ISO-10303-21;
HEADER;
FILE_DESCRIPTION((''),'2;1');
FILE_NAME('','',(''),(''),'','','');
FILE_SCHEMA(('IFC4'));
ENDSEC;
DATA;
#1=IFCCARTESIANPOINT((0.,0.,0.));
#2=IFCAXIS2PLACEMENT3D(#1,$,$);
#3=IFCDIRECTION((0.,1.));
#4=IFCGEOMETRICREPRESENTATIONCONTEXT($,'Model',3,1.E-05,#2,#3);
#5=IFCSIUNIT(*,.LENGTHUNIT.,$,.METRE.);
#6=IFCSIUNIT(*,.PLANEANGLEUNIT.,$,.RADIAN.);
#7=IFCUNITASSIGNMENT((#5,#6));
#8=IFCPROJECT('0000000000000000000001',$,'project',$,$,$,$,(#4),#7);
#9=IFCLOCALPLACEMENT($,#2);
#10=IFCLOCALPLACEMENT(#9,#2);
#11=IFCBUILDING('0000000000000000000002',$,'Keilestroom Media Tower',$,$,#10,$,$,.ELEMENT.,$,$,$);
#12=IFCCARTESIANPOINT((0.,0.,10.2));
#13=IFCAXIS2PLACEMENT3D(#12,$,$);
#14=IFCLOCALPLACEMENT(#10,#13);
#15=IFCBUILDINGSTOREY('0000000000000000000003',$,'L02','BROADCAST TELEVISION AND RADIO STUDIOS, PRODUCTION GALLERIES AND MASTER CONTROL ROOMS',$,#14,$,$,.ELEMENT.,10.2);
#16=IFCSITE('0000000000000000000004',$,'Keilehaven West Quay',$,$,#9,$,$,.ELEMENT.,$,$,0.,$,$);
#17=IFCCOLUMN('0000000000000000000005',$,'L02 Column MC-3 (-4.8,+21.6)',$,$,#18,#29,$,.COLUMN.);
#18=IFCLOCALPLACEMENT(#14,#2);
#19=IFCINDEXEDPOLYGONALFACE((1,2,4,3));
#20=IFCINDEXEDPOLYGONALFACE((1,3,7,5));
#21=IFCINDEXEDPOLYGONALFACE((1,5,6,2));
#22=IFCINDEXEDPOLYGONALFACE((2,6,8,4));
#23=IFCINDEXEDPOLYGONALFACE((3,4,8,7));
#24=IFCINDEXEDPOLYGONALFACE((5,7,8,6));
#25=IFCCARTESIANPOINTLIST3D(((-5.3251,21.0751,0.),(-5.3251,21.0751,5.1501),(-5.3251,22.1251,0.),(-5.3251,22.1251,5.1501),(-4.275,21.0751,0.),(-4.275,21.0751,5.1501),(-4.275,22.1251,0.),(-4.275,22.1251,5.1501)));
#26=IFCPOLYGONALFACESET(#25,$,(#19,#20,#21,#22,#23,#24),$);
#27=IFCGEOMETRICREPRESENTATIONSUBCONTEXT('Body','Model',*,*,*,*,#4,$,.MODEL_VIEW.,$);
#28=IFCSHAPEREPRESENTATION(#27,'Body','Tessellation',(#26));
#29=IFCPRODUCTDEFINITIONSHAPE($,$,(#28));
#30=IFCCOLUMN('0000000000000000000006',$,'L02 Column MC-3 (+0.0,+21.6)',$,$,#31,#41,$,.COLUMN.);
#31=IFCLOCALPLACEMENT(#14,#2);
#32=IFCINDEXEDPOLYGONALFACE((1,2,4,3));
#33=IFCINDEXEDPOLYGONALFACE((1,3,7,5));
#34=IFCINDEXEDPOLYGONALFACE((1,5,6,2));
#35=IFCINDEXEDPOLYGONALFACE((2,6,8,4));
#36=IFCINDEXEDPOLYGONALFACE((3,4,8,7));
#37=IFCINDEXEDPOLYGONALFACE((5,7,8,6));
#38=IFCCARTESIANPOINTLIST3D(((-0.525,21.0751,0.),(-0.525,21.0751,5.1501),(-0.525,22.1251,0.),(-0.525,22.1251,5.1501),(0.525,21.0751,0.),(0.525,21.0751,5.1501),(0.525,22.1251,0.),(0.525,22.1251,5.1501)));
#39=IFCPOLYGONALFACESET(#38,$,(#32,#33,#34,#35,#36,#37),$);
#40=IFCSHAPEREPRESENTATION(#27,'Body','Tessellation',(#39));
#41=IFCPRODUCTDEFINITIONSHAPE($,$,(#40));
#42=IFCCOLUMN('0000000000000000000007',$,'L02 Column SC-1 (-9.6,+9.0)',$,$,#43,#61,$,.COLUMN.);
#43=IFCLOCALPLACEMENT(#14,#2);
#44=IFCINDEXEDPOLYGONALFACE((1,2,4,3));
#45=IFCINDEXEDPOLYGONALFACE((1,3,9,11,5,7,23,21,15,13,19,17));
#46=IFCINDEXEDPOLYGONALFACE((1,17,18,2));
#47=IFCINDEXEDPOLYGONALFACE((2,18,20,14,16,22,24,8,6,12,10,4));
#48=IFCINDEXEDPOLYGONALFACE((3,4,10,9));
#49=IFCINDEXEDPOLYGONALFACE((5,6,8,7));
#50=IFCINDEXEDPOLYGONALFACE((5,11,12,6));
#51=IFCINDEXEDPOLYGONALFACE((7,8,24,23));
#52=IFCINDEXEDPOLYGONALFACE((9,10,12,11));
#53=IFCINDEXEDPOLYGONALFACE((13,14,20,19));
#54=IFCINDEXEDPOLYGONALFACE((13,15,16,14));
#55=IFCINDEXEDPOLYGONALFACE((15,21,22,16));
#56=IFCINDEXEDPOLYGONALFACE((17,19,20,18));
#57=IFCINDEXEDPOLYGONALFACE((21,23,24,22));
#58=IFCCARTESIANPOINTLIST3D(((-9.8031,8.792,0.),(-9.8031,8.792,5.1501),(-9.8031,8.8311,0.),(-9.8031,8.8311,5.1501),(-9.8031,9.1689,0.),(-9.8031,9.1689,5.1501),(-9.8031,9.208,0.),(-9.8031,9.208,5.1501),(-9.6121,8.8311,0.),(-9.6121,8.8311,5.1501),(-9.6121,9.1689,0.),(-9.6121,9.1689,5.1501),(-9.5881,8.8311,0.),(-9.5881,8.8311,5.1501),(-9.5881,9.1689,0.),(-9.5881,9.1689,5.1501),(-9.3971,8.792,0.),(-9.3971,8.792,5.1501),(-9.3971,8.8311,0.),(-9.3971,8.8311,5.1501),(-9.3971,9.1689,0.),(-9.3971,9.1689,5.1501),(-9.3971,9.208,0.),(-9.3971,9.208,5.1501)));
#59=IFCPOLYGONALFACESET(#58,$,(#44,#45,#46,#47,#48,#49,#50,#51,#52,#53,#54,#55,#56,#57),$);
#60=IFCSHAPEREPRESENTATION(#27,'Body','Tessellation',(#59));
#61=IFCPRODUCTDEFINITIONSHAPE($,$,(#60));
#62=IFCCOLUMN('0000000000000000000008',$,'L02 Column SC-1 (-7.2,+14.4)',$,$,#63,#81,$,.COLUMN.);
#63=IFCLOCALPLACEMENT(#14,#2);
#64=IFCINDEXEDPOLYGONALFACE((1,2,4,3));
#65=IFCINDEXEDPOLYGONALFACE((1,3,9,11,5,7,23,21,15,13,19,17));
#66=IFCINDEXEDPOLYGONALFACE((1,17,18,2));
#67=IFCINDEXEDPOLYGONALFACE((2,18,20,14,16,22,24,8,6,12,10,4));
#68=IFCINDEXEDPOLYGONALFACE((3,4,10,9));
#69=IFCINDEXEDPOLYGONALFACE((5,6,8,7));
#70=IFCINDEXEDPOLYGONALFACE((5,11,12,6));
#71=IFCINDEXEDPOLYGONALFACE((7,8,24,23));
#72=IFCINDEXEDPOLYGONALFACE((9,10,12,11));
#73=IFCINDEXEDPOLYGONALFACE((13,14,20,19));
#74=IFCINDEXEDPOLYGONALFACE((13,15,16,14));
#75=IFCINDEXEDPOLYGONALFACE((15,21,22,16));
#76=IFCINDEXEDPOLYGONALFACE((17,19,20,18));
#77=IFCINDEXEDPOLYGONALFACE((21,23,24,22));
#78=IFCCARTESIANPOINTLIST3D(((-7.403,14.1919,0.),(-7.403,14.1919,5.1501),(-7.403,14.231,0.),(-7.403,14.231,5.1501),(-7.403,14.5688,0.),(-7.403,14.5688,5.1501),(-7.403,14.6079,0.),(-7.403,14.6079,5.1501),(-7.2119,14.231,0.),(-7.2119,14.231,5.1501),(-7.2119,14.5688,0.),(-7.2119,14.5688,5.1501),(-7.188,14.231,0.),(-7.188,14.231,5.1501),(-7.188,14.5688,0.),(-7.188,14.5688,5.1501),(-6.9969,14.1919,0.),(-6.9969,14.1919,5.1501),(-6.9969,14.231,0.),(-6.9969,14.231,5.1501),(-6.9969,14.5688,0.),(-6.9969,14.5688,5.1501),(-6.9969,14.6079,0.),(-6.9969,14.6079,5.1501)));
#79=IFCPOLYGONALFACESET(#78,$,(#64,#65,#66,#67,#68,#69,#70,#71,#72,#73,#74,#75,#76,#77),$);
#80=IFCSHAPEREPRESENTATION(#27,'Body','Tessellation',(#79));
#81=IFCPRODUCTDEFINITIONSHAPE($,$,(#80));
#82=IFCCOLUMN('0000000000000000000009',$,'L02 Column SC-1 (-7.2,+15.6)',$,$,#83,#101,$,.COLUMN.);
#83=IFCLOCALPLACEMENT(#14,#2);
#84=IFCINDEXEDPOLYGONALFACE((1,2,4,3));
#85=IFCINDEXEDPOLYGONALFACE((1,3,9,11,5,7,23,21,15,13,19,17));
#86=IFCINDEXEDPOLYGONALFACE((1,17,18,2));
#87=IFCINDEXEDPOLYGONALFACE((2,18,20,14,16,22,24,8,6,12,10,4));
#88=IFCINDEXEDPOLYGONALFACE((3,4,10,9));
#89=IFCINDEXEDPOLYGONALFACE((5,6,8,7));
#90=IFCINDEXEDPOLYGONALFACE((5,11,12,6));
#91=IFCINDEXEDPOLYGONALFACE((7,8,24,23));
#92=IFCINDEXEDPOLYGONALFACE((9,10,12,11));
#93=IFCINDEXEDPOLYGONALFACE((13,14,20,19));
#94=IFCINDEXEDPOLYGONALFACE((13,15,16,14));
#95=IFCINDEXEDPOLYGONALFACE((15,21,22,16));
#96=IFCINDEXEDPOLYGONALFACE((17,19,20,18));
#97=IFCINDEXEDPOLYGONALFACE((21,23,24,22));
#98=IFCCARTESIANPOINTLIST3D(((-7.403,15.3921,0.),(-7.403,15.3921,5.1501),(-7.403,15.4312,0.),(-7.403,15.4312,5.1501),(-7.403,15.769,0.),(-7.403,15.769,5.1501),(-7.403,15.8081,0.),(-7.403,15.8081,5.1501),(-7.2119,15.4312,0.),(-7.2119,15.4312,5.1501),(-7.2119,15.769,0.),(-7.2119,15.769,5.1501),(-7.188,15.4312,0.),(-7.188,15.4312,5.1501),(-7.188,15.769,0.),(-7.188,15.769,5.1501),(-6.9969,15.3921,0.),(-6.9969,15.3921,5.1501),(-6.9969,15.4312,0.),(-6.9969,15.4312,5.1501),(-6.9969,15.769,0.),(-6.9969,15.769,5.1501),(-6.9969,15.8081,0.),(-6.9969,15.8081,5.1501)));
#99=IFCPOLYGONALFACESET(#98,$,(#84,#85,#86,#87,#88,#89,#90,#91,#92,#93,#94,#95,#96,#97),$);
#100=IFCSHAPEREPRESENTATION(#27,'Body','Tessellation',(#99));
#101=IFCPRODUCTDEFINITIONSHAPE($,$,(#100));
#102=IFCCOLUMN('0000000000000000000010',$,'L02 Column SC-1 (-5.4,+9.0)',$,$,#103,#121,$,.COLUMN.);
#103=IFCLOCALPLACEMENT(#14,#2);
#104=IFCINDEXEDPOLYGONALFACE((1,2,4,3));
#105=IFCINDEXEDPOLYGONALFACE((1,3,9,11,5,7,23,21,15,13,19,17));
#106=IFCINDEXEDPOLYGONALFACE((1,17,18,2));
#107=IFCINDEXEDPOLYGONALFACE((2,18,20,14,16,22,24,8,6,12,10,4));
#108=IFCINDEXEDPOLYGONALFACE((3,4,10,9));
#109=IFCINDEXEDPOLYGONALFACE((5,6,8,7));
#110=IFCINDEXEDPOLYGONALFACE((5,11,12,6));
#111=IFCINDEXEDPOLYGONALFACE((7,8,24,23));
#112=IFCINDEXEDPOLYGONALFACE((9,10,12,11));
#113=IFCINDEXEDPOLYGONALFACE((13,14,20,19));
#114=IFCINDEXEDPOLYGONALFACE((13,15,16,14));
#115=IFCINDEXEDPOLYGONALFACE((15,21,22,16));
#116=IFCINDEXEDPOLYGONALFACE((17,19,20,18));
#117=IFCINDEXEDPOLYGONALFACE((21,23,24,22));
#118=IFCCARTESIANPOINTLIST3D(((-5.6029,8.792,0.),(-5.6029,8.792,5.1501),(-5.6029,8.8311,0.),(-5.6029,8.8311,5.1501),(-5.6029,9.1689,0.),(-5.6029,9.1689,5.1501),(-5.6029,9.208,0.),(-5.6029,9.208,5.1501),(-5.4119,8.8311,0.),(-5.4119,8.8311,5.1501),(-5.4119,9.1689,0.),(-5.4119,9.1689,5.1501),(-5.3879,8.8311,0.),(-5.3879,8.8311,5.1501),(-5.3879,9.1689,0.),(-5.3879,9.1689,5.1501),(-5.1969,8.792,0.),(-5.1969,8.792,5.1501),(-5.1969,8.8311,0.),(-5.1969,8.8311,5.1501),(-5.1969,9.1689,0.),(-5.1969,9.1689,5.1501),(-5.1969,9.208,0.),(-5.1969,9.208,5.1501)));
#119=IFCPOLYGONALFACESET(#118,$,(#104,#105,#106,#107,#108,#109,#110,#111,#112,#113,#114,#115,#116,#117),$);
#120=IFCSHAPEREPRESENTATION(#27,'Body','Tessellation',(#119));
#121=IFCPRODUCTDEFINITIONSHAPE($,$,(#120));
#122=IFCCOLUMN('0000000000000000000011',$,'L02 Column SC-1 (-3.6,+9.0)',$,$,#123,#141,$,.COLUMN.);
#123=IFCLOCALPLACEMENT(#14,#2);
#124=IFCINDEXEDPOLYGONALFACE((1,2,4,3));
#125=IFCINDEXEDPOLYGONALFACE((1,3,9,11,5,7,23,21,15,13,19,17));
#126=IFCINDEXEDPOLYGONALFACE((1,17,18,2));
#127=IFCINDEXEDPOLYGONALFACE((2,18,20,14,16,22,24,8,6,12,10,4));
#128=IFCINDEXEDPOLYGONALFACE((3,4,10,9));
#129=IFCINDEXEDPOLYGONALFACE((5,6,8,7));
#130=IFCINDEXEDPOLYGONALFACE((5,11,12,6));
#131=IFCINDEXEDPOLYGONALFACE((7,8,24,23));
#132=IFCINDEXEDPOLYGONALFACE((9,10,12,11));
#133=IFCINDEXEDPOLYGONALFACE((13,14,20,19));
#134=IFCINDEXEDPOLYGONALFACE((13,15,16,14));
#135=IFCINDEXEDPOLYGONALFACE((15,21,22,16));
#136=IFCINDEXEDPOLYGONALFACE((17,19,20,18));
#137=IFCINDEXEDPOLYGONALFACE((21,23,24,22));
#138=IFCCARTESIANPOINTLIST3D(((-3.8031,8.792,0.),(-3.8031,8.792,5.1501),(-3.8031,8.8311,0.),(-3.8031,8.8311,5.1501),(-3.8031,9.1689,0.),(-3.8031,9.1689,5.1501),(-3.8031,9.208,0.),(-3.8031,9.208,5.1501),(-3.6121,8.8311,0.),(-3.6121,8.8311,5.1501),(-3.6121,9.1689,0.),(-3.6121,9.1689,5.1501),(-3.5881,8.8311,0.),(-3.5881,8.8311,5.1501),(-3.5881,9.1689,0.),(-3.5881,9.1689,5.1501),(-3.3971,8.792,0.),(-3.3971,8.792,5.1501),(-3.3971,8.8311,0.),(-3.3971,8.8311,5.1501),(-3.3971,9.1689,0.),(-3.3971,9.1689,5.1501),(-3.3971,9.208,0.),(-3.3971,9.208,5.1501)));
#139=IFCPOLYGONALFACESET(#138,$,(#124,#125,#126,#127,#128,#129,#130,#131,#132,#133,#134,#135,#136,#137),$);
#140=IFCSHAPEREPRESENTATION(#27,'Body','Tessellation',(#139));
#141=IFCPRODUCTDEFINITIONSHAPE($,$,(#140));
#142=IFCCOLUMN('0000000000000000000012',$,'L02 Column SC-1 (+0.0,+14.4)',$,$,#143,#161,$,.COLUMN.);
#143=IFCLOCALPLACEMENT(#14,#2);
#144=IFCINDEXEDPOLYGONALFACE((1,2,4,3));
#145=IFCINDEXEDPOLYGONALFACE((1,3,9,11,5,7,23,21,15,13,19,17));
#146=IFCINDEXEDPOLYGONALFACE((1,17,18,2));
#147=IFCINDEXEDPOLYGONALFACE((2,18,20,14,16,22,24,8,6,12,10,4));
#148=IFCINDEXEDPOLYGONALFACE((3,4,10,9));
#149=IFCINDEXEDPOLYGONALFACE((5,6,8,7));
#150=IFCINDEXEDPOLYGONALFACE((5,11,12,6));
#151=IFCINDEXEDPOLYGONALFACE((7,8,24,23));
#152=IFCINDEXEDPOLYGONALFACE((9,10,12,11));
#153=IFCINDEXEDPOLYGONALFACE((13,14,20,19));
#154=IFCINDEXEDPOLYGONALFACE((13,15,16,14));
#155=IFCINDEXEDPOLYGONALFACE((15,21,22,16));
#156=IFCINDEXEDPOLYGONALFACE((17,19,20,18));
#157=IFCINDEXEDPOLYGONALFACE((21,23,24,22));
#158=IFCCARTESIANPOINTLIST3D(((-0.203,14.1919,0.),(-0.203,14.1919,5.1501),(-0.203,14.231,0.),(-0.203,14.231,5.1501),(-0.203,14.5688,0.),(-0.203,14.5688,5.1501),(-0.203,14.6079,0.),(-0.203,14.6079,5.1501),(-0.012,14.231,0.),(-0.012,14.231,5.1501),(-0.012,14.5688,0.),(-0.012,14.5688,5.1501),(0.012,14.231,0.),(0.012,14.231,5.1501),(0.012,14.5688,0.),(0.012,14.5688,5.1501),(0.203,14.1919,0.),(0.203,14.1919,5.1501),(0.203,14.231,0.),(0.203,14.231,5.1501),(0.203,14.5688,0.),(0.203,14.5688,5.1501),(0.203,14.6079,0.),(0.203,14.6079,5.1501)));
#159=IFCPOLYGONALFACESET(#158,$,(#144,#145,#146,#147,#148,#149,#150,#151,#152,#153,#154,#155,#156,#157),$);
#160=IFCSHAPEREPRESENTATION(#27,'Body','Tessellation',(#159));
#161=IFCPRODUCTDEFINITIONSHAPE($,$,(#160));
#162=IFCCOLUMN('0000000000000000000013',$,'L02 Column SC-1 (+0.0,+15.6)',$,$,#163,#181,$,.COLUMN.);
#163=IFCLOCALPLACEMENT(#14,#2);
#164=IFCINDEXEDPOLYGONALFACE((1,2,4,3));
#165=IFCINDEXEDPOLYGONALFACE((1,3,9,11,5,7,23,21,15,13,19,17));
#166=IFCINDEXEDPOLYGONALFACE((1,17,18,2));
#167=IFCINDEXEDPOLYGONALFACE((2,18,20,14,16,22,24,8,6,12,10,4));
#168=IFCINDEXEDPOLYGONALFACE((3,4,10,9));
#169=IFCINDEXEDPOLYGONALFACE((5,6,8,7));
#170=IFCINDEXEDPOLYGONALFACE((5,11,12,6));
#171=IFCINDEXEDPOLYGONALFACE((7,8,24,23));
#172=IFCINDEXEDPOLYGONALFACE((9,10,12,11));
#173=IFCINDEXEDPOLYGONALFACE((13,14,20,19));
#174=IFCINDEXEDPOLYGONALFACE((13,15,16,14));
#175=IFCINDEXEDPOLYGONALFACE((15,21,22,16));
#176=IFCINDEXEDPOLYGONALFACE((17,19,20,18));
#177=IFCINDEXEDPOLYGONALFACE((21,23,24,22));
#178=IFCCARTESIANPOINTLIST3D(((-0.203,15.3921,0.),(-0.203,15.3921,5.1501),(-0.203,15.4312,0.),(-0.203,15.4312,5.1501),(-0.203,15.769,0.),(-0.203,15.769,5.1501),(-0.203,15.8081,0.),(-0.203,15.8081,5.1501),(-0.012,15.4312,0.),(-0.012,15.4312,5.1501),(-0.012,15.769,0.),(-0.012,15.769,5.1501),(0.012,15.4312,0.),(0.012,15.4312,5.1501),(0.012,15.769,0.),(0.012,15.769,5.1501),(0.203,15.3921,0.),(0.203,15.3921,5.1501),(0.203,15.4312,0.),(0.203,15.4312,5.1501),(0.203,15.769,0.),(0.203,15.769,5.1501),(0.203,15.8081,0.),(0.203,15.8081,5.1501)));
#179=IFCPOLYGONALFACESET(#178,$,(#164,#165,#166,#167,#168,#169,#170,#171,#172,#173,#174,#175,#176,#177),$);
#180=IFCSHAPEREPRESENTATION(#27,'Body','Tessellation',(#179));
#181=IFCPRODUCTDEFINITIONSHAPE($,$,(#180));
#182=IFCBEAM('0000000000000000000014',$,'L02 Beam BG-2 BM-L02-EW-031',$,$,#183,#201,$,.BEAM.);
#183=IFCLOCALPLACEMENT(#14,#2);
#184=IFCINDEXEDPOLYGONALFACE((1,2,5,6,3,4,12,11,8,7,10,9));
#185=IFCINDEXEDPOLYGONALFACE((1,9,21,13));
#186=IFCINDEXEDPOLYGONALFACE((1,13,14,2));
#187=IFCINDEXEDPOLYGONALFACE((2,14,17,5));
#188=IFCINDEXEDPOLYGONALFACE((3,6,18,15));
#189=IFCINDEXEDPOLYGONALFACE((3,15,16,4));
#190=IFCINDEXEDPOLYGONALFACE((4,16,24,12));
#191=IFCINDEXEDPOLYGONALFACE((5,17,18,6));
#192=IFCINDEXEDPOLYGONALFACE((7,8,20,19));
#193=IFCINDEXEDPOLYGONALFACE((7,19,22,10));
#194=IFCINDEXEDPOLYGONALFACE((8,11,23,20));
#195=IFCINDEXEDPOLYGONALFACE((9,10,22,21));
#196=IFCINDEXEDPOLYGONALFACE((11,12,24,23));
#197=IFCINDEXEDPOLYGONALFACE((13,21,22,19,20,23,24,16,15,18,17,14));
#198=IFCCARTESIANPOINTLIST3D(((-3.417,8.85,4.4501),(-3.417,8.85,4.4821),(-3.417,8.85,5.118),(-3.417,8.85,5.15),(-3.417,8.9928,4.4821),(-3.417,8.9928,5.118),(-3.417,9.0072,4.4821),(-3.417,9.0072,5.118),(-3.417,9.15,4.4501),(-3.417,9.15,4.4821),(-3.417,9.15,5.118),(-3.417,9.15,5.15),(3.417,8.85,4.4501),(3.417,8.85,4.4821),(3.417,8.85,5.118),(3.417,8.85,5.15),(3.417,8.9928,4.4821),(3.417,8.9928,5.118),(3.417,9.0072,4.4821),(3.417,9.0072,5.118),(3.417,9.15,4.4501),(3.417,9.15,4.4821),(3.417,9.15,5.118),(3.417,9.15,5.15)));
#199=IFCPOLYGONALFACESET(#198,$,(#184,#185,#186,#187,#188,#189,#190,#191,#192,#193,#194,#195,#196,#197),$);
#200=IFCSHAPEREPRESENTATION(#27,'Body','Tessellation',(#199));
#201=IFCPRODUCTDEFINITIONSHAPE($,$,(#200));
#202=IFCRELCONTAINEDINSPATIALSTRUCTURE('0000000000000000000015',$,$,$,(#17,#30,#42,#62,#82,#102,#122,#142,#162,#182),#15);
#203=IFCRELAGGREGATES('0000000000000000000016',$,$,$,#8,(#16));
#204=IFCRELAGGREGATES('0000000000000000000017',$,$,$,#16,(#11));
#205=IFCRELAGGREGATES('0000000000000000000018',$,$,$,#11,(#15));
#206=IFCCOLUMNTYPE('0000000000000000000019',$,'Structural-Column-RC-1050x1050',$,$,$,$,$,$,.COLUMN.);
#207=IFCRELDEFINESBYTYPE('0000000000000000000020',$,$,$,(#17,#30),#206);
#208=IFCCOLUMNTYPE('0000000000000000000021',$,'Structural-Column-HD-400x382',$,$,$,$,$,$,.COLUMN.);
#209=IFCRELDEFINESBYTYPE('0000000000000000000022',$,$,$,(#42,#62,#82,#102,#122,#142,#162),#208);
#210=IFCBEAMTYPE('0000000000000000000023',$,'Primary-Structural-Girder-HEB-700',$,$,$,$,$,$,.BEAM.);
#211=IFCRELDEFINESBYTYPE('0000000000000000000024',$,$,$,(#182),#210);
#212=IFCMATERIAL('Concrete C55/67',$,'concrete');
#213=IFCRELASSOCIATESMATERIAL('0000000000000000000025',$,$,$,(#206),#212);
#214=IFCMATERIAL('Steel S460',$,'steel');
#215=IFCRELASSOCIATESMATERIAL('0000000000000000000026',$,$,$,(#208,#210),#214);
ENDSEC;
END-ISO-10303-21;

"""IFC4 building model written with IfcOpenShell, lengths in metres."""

from ifc_helpers import new_model, si_unit, direction, frame, origin, origin_2d, place, context, subcontext, project, spatial, rectangle, i_section, extrude, source, transform, mapped, material, material_profile, profile_set, type_object, element, save


model = new_model("IFC4")

# Units and contexts
model_context = context("Model", 3, precision=1e-05, world=origin(), true_north=direction((0.0, 1.0)))
body_context = subcontext(model_context, "Body", "Model", "MODEL_VIEW")
ifc_project = project(units=[si_unit("LENGTHUNIT", "METRE"), si_unit("PLANEANGLEUNIT", "RADIAN")], contexts=[model_context])

# Site, building, storey
site_placement = place(None, origin())
site = spatial("IfcSite", under=ifc_project, at=site_placement, Name="Keilehaven West Quay", CompositionType="ELEMENT", RefElevation=0.0)
building_placement = place(site_placement, origin())
building = spatial("IfcBuilding", under=site, at=building_placement, Name="Keilestroom Media Tower", CompositionType="ELEMENT")
storey_placement = place(building_placement, frame((0.0, 0.0, 10.2)))
storey = spatial("IfcBuildingStorey", under=building, at=storey_placement, Name="L02", Description="BROADCAST TELEVISION AND RADIO STUDIOS, PRODUCTION GALLERIES AND MASTER CONTROL ROOMS", CompositionType="ELEMENT", Elevation=10.2)

# Columns
ifc_material_1 = material(Name="Concrete C55/67", Category="concrete")
ifc_material_profile_1 = material_profile(ifc_material_1, rectangle(XDim=1.05, YDim=1.05, at=origin_2d()), Name="RC 1050x1050")
ifc_profile_set_1 = profile_set([ifc_material_profile_1], Name="Concrete C55/67")
column_type_1 = type_object("IfcColumnType", Name="Structural-Column-RC-1050x1050", PredefinedType="COLUMN", material=ifc_profile_set_1)
shared_shape_1 = source(origin(), body_context, "Body", "SweptSolid", [
    extrude(rectangle(XDim=1.05, YDim=1.05, at=origin_2d()), origin(), (0.0, 0.0, 1.0), 5.1501),
])
for number, where, z_axis, x_axis, name in (
    (1, (-4.8, 21.6001, 0.0), (0.0, 0.0, 1.0), (1.0, 0.0, 0.0), "L02 Column MC-3 (-4.8,+21.6)"),
    (2, (0.0, 21.6001, 0.0), (0.0, 0.0, 1.0), (1.0, 0.0, 0.0), "L02 Column MC-3 (+0.0,+21.6)"),
):
    element("IfcColumn", number, at=place(storey_placement, frame(where, z_axis=z_axis, x_axis=x_axis)), inside=storey, type_object=column_type_1, Name=name, PredefinedType="COLUMN", context=body_context, shape_type="MappedRepresentation", body=[
        mapped(shared_shape_1, transform((0.0, 0.0, 0.0), x_axis=(1.0, 0.0, 0.0), y_axis=(0.0, 1.0, 0.0), z_axis=(0.0, 0.0, 1.0), scale=1.0)),
    ])
ifc_material_2 = material(Name="Steel S460", Category="steel")
ifc_material_profile_2 = material_profile(ifc_material_2, i_section(OverallWidth=0.406, OverallDepth=0.416, WebThickness=0.0239, FlangeThickness=0.0391, at=origin_2d()), Name="HD 400x382")
ifc_profile_set_2 = profile_set([ifc_material_profile_2], Name="Steel S460")
column_type_2 = type_object("IfcColumnType", Name="Structural-Column-HD-400x382", PredefinedType="COLUMN", material=ifc_profile_set_2)
shared_shape_2 = source(origin(), body_context, "Body", "SweptSolid", [
    extrude(i_section(OverallWidth=0.406, OverallDepth=0.416, WebThickness=0.0239, FlangeThickness=0.0391, at=origin_2d()), origin(), (0.0, 0.0, 1.0), 5.1501),
])
for number, where, z_axis, x_axis, name in (
    (3, (-9.6001, 9.0, 0.0), (0.0, 0.0, 1.0), (1.0, 0.0, 0.0), "L02 Column SC-1 (-9.6,+9.0)"),
    (4, (-7.2, 14.3999, 0.0), (0.0, 0.0, 1.0), (1.0, 0.0, 0.0), "L02 Column SC-1 (-7.2,+14.4)"),
    (5, (-7.2, 15.6001, 0.0), (0.0, 0.0, 1.0), (1.0, 0.0, 0.0), "L02 Column SC-1 (-7.2,+15.6)"),
    (6, (-5.3999, 9.0, 0.0), (0.0, 0.0, 1.0), (1.0, 0.0, 0.0), "L02 Column SC-1 (-5.4,+9.0)"),
    (7, (-3.6001, 9.0, 0.0), (0.0, 0.0, 1.0), (1.0, 0.0, 0.0), "L02 Column SC-1 (-3.6,+9.0)"),
    (8, (0.0, 14.3999, 0.0), (0.0, 0.0, 1.0), (1.0, 0.0, 0.0), "L02 Column SC-1 (+0.0,+14.4)"),
    (9, (0.0, 15.6001, 0.0), (0.0, 0.0, 1.0), (1.0, 0.0, 0.0), "L02 Column SC-1 (+0.0,+15.6)"),
):
    element("IfcColumn", number, at=place(storey_placement, frame(where, z_axis=z_axis, x_axis=x_axis)), inside=storey, type_object=column_type_2, Name=name, PredefinedType="COLUMN", context=body_context, shape_type="MappedRepresentation", body=[
        mapped(shared_shape_2, transform((0.0, 0.0, 0.0), x_axis=(1.0, 0.0, 0.0), y_axis=(0.0, 1.0, 0.0), z_axis=(0.0, 0.0, 1.0), scale=1.0)),
    ])

# Beam
ifc_material_profile_3 = material_profile(ifc_material_2, i_section(OverallWidth=0.3, OverallDepth=0.7, WebThickness=0.0144, FlangeThickness=0.032, at=origin_2d()), Name="HEB 700")
ifc_profile_set_3 = profile_set([ifc_material_profile_3], Name="Steel S460")
beam_type = type_object("IfcBeamType", Name="Primary-Structural-Girder-HEB-700", PredefinedType="BEAM", material=ifc_profile_set_3)
shared_shape_3 = source(origin(), body_context, "Body", "SweptSolid", [
    extrude(i_section(OverallWidth=0.3, OverallDepth=0.7, WebThickness=0.0144, FlangeThickness=0.032, at=origin_2d()), origin(), (0.0, 0.0, 1.0), 6.834),
])
for number, where, z_axis, x_axis, name in (
    (10, (-3.417, 9.0, 4.8), (1.0, 0.0, 0.0), (0.0, 1.0, 0.0), "L02 Beam BG-2 BM-L02-EW-031"),
):
    element("IfcBeam", number, at=place(storey_placement, frame(where, z_axis=z_axis, x_axis=x_axis)), inside=storey, type_object=beam_type, Name=name, PredefinedType="BEAM", context=body_context, shape_type="MappedRepresentation", body=[
        mapped(shared_shape_3, transform((0.0, 0.0, 0.0), x_axis=(1.0, 0.0, 0.0), y_axis=(0.0, 1.0, 0.0), z_axis=(0.0, 0.0, 1.0), scale=1.0)),
    ])

save(model, "model.ifc")
